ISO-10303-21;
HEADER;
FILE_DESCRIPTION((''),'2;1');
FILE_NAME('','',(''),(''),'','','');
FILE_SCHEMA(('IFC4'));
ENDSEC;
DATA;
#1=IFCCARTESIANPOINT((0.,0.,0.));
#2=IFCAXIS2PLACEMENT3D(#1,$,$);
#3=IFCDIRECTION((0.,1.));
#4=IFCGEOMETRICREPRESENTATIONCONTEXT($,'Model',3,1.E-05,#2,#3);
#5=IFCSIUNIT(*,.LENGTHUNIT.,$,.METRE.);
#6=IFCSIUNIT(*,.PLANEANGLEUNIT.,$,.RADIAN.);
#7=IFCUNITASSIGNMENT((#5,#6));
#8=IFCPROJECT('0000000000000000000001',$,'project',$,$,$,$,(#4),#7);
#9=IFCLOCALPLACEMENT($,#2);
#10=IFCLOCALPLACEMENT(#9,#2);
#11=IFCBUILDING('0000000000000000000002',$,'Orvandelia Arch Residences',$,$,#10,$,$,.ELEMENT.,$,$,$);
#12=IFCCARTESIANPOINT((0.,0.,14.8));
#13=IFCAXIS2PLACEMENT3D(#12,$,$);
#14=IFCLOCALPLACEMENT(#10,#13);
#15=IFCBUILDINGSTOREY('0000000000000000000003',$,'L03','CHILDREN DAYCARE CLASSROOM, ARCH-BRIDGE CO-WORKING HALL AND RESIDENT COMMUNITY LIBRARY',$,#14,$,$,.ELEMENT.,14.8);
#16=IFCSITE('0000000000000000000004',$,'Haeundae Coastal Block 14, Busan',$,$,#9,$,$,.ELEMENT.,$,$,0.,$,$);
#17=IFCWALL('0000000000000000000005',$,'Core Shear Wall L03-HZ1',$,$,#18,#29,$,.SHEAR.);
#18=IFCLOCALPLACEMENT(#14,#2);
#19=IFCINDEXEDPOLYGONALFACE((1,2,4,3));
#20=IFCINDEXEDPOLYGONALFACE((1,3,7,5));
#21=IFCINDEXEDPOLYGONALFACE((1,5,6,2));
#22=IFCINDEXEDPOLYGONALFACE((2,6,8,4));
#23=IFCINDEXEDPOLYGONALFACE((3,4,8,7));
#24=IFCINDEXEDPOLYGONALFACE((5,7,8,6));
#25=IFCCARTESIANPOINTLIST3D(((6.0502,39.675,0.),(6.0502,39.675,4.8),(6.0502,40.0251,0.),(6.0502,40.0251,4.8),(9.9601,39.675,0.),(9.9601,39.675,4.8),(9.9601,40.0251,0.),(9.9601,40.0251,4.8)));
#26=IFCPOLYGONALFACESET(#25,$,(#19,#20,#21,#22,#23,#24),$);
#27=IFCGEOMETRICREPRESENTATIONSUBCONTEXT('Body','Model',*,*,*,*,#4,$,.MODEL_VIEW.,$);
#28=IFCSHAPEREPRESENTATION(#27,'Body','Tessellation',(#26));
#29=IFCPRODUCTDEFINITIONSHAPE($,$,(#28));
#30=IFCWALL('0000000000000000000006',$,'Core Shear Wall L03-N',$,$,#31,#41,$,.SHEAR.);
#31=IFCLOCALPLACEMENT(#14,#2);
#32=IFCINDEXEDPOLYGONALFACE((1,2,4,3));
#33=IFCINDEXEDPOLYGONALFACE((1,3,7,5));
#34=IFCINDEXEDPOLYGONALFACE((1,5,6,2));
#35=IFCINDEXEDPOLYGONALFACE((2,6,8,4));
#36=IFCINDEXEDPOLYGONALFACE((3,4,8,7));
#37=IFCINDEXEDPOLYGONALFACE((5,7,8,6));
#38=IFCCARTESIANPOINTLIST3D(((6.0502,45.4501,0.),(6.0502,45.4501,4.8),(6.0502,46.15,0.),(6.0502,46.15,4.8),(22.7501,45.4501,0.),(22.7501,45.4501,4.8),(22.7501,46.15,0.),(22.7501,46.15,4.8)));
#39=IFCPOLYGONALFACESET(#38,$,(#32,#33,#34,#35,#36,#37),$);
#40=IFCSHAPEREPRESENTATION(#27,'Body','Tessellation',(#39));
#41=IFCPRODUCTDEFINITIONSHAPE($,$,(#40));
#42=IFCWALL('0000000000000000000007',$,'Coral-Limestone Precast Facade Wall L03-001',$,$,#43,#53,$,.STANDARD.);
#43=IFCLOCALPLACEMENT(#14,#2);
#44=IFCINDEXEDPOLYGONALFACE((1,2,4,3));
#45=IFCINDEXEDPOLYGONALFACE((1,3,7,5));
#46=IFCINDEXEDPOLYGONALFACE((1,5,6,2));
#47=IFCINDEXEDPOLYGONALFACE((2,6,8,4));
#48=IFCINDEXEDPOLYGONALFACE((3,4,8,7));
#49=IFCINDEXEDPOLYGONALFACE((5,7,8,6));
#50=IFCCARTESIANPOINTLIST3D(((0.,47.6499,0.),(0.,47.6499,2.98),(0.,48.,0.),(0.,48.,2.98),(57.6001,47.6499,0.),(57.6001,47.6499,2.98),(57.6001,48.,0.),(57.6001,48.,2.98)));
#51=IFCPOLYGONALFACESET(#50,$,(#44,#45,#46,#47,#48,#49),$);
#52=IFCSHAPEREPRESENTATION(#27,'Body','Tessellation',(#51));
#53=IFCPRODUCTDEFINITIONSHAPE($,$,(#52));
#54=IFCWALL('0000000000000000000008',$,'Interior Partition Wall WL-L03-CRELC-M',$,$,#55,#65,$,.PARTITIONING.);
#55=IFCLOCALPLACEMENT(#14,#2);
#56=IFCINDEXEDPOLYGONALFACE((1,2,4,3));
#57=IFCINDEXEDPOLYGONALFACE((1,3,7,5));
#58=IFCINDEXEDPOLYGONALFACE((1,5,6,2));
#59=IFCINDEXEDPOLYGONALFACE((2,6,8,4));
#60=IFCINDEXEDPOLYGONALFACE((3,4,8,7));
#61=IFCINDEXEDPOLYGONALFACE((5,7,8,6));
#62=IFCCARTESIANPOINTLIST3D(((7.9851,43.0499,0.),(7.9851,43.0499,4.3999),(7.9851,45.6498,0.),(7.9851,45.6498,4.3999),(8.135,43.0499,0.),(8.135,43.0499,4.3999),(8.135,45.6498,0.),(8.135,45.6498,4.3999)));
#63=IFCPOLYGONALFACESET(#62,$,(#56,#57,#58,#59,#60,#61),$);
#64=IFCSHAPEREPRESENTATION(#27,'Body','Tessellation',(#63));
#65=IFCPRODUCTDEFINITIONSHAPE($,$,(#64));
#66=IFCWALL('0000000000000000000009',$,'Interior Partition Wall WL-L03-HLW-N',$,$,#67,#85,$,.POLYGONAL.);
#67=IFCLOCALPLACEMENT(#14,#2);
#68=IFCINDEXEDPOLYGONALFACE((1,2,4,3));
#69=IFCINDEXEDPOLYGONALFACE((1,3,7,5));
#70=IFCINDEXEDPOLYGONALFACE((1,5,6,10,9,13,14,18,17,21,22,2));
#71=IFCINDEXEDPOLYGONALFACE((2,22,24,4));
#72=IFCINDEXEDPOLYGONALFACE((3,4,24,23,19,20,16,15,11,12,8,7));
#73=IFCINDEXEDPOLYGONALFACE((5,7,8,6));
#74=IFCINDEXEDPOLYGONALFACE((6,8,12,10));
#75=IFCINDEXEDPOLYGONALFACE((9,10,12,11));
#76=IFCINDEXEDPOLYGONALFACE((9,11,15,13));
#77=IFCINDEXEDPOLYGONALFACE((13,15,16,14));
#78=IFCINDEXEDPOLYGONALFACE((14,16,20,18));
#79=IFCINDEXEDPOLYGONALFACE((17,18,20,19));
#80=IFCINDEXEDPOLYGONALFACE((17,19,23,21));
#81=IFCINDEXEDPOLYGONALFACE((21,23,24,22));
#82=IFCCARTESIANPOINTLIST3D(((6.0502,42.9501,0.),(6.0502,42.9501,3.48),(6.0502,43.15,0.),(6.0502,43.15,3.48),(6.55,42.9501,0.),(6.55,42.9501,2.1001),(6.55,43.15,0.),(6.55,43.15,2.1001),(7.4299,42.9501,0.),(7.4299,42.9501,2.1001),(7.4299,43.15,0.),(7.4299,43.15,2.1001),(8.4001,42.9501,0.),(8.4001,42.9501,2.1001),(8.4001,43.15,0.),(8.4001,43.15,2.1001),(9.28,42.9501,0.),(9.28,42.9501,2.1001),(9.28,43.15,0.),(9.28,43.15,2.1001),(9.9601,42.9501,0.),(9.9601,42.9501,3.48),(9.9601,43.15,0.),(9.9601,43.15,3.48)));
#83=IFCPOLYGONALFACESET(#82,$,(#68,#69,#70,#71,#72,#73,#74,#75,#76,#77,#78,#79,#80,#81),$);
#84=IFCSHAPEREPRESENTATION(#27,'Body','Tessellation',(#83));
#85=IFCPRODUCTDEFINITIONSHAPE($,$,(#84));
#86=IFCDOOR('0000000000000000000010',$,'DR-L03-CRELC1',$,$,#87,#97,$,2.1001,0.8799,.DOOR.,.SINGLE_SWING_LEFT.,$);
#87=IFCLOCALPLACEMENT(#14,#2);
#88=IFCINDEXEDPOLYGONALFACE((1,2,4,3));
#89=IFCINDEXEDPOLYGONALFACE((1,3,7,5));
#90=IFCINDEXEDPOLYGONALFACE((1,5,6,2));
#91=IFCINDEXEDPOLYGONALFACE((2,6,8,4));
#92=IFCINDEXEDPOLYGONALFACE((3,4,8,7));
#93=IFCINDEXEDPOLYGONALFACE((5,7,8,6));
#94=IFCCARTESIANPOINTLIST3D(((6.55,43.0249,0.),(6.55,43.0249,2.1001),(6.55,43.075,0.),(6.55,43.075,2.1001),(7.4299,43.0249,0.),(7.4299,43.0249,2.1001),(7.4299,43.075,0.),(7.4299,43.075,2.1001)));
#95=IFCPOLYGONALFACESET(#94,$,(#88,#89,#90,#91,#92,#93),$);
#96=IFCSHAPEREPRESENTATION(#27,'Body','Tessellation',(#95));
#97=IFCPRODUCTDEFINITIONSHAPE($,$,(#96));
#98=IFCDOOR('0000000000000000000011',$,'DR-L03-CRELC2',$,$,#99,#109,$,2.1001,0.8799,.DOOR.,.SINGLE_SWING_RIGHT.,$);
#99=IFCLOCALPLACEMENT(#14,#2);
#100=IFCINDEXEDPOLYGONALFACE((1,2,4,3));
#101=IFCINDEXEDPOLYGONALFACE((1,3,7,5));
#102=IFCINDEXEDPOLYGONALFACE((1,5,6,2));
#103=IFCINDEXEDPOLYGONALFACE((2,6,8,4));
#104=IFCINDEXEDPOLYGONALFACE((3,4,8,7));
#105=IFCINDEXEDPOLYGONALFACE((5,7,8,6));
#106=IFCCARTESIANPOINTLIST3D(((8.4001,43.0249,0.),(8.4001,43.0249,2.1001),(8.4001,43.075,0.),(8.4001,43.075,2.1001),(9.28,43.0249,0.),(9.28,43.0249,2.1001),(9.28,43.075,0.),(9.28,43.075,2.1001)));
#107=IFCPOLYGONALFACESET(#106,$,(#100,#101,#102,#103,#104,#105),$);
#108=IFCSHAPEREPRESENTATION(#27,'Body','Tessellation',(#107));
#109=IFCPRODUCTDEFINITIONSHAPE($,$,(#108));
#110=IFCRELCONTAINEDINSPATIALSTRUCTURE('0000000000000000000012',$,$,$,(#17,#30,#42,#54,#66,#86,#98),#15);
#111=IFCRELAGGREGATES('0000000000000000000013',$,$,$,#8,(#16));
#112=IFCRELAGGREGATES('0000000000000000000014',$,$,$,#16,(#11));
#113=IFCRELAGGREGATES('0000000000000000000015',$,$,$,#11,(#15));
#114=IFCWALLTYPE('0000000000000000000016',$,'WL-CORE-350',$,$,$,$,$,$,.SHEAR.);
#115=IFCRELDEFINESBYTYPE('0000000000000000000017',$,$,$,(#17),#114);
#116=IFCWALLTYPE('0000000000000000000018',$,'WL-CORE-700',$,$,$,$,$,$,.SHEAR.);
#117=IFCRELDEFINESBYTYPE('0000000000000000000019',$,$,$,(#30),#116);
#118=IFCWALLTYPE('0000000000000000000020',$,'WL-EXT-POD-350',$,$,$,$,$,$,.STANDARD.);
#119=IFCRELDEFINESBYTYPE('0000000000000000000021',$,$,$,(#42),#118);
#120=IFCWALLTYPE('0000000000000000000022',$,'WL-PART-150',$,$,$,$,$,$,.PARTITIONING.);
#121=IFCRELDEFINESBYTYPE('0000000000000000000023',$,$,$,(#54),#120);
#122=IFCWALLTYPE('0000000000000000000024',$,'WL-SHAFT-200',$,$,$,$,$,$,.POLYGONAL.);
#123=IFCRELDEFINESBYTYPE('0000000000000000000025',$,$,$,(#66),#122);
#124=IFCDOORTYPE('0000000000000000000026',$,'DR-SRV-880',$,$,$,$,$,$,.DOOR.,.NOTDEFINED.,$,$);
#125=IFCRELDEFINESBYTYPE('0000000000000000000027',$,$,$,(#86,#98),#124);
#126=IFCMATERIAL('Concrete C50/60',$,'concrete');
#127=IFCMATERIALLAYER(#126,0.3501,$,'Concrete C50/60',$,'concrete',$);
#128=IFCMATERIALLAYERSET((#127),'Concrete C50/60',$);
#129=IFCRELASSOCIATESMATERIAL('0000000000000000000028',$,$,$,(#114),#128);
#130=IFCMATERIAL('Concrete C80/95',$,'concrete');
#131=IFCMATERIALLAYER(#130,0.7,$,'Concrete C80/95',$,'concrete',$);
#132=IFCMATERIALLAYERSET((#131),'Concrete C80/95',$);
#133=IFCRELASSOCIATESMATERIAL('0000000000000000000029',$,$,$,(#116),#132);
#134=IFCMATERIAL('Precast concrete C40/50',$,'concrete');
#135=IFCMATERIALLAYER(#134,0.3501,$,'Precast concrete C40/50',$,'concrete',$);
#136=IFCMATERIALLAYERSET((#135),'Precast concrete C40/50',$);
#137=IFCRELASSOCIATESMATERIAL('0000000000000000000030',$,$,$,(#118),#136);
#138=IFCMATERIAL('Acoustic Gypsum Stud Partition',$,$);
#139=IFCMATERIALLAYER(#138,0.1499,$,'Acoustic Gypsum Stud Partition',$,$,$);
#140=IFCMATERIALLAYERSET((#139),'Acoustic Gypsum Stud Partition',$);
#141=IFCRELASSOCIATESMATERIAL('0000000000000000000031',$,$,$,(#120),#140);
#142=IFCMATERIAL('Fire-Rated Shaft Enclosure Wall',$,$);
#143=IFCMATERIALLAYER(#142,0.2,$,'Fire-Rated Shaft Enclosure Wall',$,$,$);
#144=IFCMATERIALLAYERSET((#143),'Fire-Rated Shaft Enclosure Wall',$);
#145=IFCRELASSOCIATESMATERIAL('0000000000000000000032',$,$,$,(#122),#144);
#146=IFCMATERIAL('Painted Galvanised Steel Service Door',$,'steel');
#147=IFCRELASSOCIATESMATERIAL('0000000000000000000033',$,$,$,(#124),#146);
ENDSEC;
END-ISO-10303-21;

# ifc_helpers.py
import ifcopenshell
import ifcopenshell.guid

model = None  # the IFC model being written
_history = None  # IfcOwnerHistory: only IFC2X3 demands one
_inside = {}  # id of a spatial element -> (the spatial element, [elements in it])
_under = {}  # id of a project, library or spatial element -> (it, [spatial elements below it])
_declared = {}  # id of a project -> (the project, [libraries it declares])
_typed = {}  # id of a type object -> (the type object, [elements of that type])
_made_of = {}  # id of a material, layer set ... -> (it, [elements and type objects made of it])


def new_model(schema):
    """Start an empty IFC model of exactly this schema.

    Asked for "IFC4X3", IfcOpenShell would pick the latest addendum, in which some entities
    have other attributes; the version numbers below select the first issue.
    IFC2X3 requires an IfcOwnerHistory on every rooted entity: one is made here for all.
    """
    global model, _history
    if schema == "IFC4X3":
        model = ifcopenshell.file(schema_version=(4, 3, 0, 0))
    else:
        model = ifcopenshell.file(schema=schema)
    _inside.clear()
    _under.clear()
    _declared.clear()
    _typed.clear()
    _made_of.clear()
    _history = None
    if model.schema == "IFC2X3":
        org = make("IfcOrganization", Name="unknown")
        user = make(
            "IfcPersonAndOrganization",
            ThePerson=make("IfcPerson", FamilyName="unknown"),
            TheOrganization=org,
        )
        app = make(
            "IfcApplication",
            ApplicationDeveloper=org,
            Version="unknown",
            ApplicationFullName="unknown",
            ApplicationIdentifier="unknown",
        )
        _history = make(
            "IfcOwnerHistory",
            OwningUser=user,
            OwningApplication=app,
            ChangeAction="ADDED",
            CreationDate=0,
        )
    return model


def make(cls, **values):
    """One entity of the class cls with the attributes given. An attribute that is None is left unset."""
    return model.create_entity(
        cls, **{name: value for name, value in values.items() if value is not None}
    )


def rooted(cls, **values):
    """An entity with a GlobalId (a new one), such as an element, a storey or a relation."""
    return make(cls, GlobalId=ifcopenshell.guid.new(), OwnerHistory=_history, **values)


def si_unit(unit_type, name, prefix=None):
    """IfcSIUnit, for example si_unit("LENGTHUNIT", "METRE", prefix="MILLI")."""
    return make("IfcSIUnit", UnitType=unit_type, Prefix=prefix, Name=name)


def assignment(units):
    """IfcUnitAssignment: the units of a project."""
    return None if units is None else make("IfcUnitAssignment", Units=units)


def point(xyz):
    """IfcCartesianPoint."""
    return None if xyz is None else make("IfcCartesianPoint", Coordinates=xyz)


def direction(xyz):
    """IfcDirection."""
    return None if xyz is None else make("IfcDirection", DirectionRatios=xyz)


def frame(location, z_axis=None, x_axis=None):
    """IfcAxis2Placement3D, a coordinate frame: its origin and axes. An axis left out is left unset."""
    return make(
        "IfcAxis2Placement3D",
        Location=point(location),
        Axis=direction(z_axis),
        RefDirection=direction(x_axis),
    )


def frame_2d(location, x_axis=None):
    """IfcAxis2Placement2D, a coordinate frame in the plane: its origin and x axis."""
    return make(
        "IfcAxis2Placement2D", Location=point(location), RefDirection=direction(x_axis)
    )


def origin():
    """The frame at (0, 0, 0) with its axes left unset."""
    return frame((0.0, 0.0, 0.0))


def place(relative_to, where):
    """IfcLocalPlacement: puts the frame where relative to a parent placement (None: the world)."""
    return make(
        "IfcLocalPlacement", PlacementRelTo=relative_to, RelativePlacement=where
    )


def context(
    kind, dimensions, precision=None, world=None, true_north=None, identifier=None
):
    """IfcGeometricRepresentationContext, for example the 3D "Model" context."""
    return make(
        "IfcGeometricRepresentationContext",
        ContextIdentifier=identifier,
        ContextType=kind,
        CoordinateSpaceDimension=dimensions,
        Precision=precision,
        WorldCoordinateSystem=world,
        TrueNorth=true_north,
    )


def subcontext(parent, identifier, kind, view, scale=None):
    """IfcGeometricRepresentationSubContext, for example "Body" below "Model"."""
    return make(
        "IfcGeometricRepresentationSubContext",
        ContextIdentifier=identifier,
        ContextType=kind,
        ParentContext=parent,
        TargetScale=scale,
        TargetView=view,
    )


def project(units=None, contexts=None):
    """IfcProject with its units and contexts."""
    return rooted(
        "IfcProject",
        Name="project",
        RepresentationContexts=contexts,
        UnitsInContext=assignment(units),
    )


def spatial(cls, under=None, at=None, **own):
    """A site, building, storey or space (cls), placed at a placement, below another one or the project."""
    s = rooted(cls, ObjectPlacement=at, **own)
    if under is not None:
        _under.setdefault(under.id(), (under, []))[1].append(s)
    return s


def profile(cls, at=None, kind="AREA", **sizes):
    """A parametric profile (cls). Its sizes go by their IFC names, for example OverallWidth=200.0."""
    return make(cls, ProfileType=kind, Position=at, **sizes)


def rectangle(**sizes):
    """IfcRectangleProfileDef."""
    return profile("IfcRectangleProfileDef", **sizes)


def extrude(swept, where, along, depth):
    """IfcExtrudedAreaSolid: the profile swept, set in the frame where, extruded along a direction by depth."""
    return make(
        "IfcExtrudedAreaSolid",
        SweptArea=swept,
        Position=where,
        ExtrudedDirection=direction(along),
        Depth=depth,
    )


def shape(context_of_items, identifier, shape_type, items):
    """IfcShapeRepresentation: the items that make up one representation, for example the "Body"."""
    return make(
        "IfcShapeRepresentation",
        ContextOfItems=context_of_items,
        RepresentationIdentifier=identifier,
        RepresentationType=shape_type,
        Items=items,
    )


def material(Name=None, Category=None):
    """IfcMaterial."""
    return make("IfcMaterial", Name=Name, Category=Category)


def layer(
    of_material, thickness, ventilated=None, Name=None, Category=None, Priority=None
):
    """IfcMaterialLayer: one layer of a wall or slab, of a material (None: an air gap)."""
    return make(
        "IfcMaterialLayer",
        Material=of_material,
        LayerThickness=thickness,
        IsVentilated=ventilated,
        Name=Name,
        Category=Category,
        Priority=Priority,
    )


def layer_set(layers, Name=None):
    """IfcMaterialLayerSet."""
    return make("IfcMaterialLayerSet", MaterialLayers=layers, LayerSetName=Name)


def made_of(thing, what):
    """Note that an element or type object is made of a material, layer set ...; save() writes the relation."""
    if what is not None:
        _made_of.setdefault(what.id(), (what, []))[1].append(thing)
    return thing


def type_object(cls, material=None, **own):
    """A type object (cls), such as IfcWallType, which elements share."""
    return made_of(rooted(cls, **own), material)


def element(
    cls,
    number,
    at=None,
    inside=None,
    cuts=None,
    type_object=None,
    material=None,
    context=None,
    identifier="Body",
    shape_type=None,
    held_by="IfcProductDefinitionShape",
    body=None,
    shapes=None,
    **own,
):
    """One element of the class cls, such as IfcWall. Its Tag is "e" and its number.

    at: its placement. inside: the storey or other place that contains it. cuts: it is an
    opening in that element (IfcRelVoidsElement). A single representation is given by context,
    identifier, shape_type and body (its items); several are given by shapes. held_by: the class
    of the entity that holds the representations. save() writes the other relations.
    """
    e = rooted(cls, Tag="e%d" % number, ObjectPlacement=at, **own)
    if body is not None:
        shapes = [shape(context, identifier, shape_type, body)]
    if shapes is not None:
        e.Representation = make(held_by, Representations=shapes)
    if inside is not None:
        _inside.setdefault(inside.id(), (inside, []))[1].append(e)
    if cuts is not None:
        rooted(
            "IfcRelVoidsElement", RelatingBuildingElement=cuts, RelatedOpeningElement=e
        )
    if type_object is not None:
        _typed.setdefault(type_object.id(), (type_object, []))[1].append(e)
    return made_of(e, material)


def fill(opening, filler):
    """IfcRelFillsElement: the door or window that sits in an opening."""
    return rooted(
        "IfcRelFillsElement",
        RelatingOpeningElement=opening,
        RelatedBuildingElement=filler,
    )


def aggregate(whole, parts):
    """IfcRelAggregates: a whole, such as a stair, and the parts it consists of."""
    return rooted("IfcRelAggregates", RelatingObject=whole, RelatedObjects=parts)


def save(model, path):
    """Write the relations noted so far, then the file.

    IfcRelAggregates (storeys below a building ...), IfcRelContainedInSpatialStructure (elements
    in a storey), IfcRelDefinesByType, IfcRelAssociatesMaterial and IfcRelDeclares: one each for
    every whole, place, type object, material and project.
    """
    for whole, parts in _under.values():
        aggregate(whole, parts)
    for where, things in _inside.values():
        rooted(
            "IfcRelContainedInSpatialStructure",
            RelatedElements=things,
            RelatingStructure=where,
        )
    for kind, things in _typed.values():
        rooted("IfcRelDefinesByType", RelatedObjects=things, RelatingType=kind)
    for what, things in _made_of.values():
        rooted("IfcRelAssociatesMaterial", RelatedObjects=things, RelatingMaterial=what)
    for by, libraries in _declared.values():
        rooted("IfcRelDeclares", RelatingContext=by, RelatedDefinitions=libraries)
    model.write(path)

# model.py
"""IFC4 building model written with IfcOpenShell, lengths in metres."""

from ifc_helpers import new_model, si_unit, direction, frame, frame_2d, origin, place, context, subcontext, project, spatial, rectangle, extrude, material, layer, layer_set, type_object, element, fill, save


model = new_model("IFC4")

# Units and contexts
model_context = context("Model", 3, precision=1e-05, world=origin(), true_north=direction((0.0, 1.0)))
body_context = subcontext(model_context, "Body", "Model", "MODEL_VIEW")
ifc_project = project(units=[si_unit("LENGTHUNIT", "METRE"), si_unit("PLANEANGLEUNIT", "RADIAN")], contexts=[model_context])

# Site, building, storey
site_placement = place(None, origin())
site = spatial("IfcSite", under=ifc_project, at=site_placement, Name="Haeundae Coastal Block 14, Busan", CompositionType="ELEMENT", RefElevation=0.0)
building_placement = place(site_placement, origin())
building = spatial("IfcBuilding", under=site, at=building_placement, Name="Orvandelia Arch Residences", CompositionType="ELEMENT")
storey_placement = place(building_placement, frame((0.0, 0.0, 14.8)))
storey = spatial("IfcBuildingStorey", under=building, at=storey_placement, Name="L03", Description="CHILDREN DAYCARE CLASSROOM, ARCH-BRIDGE CO-WORKING HALL AND RESIDENT COMMUNITY LIBRARY", CompositionType="ELEMENT", Elevation=14.8)

# Shared definitions
ifc_material_1 = material(Name="Concrete C80/95", Category="concrete")

# Walls
ifc_material_2 = material(Name="Concrete C50/60", Category="concrete")
ifc_layer_1 = layer(ifc_material_2, 0.3501, Name="Concrete C50/60", Category="concrete")
ifc_layer_set_1 = layer_set([ifc_layer_1], Name="Concrete C50/60")
wall_type_1 = type_object("IfcWallType", Name="WL-CORE-350", PredefinedType="SHEAR", material=ifc_layer_set_1)
wall_1_placement = place(storey_placement, frame((6.05, 39.8501, 0.0), z_axis=(0.0, 0.0, 1.0), x_axis=(1.0, 0.0, 0.0)))
element("IfcWall", 1, at=wall_1_placement, inside=storey, type_object=wall_type_1, Name="Core Shear Wall L03-HZ1", PredefinedType="SHEAR", context=body_context, shape_type="SweptSolid", body=[
    extrude(rectangle(XDim=3.9099, YDim=0.3501, at=frame_2d((1.9551, 0.0))), origin(), (0.0, 0.0, 1.0), 4.8),
])
ifc_layer_2 = layer(ifc_material_1, 0.7, Name="Concrete C80/95", Category="concrete")
ifc_layer_set_2 = layer_set([ifc_layer_2], Name="Concrete C80/95")
wall_type_2 = type_object("IfcWallType", Name="WL-CORE-700", PredefinedType="SHEAR", material=ifc_layer_set_2)
wall_2_placement = place(storey_placement, frame((6.05, 45.8, 0.0), z_axis=(0.0, 0.0, 1.0), x_axis=(1.0, 0.0, 0.0)))
element("IfcWall", 2, at=wall_2_placement, inside=storey, type_object=wall_type_2, Name="Core Shear Wall L03-N", PredefinedType="SHEAR", context=body_context, shape_type="SweptSolid", body=[
    extrude(rectangle(XDim=16.7, YDim=0.7, at=frame_2d((8.3501, 0.0))), origin(), (0.0, 0.0, 1.0), 4.8),
])
ifc_material_3 = material(Name="Precast concrete C40/50", Category="concrete")
ifc_layer_3 = layer(ifc_material_3, 0.3501, Name="Precast concrete C40/50", Category="concrete")
ifc_layer_set_3 = layer_set([ifc_layer_3], Name="Precast concrete C40/50")
wall_type_3 = type_object("IfcWallType", Name="WL-EXT-POD-350", PredefinedType="STANDARD", material=ifc_layer_set_3)
wall_3_placement = place(storey_placement, frame((0.0, 47.825, 0.0), z_axis=(0.0, 0.0, 1.0), x_axis=(1.0, 0.0, 0.0)))
element("IfcWall", 3, at=wall_3_placement, inside=storey, type_object=wall_type_3, Name="Coral-Limestone Precast Facade Wall L03-001", PredefinedType="STANDARD", context=body_context, shape_type="SweptSolid", body=[
    extrude(rectangle(XDim=57.6001, YDim=0.3501, at=frame_2d((28.8, 0.0))), origin(), (0.0, 0.0, 1.0), 2.98),
])
ifc_material_4 = material(Name="Acoustic Gypsum Stud Partition")
ifc_layer_4 = layer(ifc_material_4, 0.1499, Name="Acoustic Gypsum Stud Partition")
ifc_layer_set_4 = layer_set([ifc_layer_4], Name="Acoustic Gypsum Stud Partition")
wall_type_4 = type_object("IfcWallType", Name="WL-PART-150", PredefinedType="PARTITIONING", material=ifc_layer_set_4)
wall_4_placement = place(storey_placement, frame((8.0601, 43.05, 0.0), z_axis=(0.0, 0.0, 1.0), x_axis=(0.0, 1.0, 0.0)))
element("IfcWall", 4, at=wall_4_placement, inside=storey, type_object=wall_type_4, Name="Interior Partition Wall WL-L03-CRELC-M", PredefinedType="PARTITIONING", context=body_context, shape_type="SweptSolid", body=[
    extrude(rectangle(XDim=2.5999, YDim=0.1499, at=frame_2d((1.2998, 0.0))), origin(), (0.0, 0.0, 1.0), 4.3999),
])

# Wall, openings, doors
ifc_material_5 = material(Name="Fire-Rated Shaft Enclosure Wall")
ifc_layer_5 = layer(ifc_material_5, 0.2, Name="Fire-Rated Shaft Enclosure Wall")
ifc_layer_set_5 = layer_set([ifc_layer_5], Name="Fire-Rated Shaft Enclosure Wall")
wall_type_5 = type_object("IfcWallType", Name="WL-SHAFT-200", PredefinedType="POLYGONAL", material=ifc_layer_set_5)
wall_5_placement = place(storey_placement, frame((6.05, 43.05, 0.0), z_axis=(0.0, 0.0, 1.0), x_axis=(1.0, 0.0, 0.0)))
wall_5 = element("IfcWall", 5, at=wall_5_placement, inside=storey, type_object=wall_type_5, Name="Interior Partition Wall WL-L03-HLW-N", PredefinedType="POLYGONAL", context=body_context, shape_type="SweptSolid", body=[
    extrude(rectangle(XDim=3.9099, YDim=0.2, at=frame_2d((1.9551, 0.0))), origin(), (0.0, 0.0, 1.0), 3.48),
])
opening_1_placement = place(wall_5_placement, frame((0.5, 0.0, 0.0)))
opening_1 = element("IfcOpeningElement", 6, at=opening_1_placement, cuts=wall_5, PredefinedType="OPENING", context=body_context, shape_type="SweptSolid", body=[
    extrude(rectangle(XDim=0.8799, YDim=2.1001, at=frame_2d((0.4399, 1.05))), frame((0.0, 0.1099, 0.0), z_axis=(0.0, -1.0, 0.0), x_axis=(1.0, 0.0, 0.0)), (0.0, 0.0, 1.0), 0.22),
])
opening_2_placement = place(wall_5_placement, frame((2.3501, 0.0, 0.0)))
opening_2 = element("IfcOpeningElement", 7, at=opening_2_placement, cuts=wall_5, PredefinedType="OPENING", context=body_context, shape_type="SweptSolid", body=[
    extrude(rectangle(XDim=0.8799, YDim=2.1001, at=frame_2d((0.4399, 1.05))), frame((0.0, 0.1099, 0.0), z_axis=(0.0, -1.0, 0.0), x_axis=(1.0, 0.0, 0.0)), (0.0, 0.0, 1.0), 0.22),
])
ifc_material_6 = material(Name="Painted Galvanised Steel Service Door", Category="steel")
door_type = type_object("IfcDoorType", Name="DR-SRV-880", OperationType="NOTDEFINED", PredefinedType="DOOR", material=ifc_material_6)
door_1_placement = place(opening_1_placement, origin())
door_1 = element("IfcDoor", 8, at=door_1_placement, inside=storey, type_object=door_type, Name="DR-L03-CRELC1", OperationType="SINGLE_SWING_LEFT", OverallHeight=2.1001, OverallWidth=0.8799, PredefinedType="DOOR", context=body_context, shape_type="SweptSolid", body=[
    extrude(rectangle(XDim=0.8799, YDim=2.1001, at=frame_2d((0.4399, 1.05))), frame((0.0, 0.0249, 0.0), z_axis=(0.0, -1.0, 0.0), x_axis=(1.0, 0.0, 0.0)), (0.0, 0.0, 1.0), 0.05),
])
fill(opening_1, door_1)
door_2_placement = place(opening_2_placement, origin())
door_2 = element("IfcDoor", 9, at=door_2_placement, inside=storey, type_object=door_type, Name="DR-L03-CRELC2", OperationType="SINGLE_SWING_RIGHT", OverallHeight=2.1001, OverallWidth=0.8799, PredefinedType="DOOR", context=body_context, shape_type="SweptSolid", body=[
    extrude(rectangle(XDim=0.8799, YDim=2.1001, at=frame_2d((0.4399, 1.05))), frame((0.0, 0.0249, 0.0), z_axis=(0.0, -1.0, 0.0), x_axis=(1.0, 0.0, 0.0)), (0.0, 0.0, 1.0), 0.05),
])
fill(opening_2, door_2)

save(model, "model.ifc")
